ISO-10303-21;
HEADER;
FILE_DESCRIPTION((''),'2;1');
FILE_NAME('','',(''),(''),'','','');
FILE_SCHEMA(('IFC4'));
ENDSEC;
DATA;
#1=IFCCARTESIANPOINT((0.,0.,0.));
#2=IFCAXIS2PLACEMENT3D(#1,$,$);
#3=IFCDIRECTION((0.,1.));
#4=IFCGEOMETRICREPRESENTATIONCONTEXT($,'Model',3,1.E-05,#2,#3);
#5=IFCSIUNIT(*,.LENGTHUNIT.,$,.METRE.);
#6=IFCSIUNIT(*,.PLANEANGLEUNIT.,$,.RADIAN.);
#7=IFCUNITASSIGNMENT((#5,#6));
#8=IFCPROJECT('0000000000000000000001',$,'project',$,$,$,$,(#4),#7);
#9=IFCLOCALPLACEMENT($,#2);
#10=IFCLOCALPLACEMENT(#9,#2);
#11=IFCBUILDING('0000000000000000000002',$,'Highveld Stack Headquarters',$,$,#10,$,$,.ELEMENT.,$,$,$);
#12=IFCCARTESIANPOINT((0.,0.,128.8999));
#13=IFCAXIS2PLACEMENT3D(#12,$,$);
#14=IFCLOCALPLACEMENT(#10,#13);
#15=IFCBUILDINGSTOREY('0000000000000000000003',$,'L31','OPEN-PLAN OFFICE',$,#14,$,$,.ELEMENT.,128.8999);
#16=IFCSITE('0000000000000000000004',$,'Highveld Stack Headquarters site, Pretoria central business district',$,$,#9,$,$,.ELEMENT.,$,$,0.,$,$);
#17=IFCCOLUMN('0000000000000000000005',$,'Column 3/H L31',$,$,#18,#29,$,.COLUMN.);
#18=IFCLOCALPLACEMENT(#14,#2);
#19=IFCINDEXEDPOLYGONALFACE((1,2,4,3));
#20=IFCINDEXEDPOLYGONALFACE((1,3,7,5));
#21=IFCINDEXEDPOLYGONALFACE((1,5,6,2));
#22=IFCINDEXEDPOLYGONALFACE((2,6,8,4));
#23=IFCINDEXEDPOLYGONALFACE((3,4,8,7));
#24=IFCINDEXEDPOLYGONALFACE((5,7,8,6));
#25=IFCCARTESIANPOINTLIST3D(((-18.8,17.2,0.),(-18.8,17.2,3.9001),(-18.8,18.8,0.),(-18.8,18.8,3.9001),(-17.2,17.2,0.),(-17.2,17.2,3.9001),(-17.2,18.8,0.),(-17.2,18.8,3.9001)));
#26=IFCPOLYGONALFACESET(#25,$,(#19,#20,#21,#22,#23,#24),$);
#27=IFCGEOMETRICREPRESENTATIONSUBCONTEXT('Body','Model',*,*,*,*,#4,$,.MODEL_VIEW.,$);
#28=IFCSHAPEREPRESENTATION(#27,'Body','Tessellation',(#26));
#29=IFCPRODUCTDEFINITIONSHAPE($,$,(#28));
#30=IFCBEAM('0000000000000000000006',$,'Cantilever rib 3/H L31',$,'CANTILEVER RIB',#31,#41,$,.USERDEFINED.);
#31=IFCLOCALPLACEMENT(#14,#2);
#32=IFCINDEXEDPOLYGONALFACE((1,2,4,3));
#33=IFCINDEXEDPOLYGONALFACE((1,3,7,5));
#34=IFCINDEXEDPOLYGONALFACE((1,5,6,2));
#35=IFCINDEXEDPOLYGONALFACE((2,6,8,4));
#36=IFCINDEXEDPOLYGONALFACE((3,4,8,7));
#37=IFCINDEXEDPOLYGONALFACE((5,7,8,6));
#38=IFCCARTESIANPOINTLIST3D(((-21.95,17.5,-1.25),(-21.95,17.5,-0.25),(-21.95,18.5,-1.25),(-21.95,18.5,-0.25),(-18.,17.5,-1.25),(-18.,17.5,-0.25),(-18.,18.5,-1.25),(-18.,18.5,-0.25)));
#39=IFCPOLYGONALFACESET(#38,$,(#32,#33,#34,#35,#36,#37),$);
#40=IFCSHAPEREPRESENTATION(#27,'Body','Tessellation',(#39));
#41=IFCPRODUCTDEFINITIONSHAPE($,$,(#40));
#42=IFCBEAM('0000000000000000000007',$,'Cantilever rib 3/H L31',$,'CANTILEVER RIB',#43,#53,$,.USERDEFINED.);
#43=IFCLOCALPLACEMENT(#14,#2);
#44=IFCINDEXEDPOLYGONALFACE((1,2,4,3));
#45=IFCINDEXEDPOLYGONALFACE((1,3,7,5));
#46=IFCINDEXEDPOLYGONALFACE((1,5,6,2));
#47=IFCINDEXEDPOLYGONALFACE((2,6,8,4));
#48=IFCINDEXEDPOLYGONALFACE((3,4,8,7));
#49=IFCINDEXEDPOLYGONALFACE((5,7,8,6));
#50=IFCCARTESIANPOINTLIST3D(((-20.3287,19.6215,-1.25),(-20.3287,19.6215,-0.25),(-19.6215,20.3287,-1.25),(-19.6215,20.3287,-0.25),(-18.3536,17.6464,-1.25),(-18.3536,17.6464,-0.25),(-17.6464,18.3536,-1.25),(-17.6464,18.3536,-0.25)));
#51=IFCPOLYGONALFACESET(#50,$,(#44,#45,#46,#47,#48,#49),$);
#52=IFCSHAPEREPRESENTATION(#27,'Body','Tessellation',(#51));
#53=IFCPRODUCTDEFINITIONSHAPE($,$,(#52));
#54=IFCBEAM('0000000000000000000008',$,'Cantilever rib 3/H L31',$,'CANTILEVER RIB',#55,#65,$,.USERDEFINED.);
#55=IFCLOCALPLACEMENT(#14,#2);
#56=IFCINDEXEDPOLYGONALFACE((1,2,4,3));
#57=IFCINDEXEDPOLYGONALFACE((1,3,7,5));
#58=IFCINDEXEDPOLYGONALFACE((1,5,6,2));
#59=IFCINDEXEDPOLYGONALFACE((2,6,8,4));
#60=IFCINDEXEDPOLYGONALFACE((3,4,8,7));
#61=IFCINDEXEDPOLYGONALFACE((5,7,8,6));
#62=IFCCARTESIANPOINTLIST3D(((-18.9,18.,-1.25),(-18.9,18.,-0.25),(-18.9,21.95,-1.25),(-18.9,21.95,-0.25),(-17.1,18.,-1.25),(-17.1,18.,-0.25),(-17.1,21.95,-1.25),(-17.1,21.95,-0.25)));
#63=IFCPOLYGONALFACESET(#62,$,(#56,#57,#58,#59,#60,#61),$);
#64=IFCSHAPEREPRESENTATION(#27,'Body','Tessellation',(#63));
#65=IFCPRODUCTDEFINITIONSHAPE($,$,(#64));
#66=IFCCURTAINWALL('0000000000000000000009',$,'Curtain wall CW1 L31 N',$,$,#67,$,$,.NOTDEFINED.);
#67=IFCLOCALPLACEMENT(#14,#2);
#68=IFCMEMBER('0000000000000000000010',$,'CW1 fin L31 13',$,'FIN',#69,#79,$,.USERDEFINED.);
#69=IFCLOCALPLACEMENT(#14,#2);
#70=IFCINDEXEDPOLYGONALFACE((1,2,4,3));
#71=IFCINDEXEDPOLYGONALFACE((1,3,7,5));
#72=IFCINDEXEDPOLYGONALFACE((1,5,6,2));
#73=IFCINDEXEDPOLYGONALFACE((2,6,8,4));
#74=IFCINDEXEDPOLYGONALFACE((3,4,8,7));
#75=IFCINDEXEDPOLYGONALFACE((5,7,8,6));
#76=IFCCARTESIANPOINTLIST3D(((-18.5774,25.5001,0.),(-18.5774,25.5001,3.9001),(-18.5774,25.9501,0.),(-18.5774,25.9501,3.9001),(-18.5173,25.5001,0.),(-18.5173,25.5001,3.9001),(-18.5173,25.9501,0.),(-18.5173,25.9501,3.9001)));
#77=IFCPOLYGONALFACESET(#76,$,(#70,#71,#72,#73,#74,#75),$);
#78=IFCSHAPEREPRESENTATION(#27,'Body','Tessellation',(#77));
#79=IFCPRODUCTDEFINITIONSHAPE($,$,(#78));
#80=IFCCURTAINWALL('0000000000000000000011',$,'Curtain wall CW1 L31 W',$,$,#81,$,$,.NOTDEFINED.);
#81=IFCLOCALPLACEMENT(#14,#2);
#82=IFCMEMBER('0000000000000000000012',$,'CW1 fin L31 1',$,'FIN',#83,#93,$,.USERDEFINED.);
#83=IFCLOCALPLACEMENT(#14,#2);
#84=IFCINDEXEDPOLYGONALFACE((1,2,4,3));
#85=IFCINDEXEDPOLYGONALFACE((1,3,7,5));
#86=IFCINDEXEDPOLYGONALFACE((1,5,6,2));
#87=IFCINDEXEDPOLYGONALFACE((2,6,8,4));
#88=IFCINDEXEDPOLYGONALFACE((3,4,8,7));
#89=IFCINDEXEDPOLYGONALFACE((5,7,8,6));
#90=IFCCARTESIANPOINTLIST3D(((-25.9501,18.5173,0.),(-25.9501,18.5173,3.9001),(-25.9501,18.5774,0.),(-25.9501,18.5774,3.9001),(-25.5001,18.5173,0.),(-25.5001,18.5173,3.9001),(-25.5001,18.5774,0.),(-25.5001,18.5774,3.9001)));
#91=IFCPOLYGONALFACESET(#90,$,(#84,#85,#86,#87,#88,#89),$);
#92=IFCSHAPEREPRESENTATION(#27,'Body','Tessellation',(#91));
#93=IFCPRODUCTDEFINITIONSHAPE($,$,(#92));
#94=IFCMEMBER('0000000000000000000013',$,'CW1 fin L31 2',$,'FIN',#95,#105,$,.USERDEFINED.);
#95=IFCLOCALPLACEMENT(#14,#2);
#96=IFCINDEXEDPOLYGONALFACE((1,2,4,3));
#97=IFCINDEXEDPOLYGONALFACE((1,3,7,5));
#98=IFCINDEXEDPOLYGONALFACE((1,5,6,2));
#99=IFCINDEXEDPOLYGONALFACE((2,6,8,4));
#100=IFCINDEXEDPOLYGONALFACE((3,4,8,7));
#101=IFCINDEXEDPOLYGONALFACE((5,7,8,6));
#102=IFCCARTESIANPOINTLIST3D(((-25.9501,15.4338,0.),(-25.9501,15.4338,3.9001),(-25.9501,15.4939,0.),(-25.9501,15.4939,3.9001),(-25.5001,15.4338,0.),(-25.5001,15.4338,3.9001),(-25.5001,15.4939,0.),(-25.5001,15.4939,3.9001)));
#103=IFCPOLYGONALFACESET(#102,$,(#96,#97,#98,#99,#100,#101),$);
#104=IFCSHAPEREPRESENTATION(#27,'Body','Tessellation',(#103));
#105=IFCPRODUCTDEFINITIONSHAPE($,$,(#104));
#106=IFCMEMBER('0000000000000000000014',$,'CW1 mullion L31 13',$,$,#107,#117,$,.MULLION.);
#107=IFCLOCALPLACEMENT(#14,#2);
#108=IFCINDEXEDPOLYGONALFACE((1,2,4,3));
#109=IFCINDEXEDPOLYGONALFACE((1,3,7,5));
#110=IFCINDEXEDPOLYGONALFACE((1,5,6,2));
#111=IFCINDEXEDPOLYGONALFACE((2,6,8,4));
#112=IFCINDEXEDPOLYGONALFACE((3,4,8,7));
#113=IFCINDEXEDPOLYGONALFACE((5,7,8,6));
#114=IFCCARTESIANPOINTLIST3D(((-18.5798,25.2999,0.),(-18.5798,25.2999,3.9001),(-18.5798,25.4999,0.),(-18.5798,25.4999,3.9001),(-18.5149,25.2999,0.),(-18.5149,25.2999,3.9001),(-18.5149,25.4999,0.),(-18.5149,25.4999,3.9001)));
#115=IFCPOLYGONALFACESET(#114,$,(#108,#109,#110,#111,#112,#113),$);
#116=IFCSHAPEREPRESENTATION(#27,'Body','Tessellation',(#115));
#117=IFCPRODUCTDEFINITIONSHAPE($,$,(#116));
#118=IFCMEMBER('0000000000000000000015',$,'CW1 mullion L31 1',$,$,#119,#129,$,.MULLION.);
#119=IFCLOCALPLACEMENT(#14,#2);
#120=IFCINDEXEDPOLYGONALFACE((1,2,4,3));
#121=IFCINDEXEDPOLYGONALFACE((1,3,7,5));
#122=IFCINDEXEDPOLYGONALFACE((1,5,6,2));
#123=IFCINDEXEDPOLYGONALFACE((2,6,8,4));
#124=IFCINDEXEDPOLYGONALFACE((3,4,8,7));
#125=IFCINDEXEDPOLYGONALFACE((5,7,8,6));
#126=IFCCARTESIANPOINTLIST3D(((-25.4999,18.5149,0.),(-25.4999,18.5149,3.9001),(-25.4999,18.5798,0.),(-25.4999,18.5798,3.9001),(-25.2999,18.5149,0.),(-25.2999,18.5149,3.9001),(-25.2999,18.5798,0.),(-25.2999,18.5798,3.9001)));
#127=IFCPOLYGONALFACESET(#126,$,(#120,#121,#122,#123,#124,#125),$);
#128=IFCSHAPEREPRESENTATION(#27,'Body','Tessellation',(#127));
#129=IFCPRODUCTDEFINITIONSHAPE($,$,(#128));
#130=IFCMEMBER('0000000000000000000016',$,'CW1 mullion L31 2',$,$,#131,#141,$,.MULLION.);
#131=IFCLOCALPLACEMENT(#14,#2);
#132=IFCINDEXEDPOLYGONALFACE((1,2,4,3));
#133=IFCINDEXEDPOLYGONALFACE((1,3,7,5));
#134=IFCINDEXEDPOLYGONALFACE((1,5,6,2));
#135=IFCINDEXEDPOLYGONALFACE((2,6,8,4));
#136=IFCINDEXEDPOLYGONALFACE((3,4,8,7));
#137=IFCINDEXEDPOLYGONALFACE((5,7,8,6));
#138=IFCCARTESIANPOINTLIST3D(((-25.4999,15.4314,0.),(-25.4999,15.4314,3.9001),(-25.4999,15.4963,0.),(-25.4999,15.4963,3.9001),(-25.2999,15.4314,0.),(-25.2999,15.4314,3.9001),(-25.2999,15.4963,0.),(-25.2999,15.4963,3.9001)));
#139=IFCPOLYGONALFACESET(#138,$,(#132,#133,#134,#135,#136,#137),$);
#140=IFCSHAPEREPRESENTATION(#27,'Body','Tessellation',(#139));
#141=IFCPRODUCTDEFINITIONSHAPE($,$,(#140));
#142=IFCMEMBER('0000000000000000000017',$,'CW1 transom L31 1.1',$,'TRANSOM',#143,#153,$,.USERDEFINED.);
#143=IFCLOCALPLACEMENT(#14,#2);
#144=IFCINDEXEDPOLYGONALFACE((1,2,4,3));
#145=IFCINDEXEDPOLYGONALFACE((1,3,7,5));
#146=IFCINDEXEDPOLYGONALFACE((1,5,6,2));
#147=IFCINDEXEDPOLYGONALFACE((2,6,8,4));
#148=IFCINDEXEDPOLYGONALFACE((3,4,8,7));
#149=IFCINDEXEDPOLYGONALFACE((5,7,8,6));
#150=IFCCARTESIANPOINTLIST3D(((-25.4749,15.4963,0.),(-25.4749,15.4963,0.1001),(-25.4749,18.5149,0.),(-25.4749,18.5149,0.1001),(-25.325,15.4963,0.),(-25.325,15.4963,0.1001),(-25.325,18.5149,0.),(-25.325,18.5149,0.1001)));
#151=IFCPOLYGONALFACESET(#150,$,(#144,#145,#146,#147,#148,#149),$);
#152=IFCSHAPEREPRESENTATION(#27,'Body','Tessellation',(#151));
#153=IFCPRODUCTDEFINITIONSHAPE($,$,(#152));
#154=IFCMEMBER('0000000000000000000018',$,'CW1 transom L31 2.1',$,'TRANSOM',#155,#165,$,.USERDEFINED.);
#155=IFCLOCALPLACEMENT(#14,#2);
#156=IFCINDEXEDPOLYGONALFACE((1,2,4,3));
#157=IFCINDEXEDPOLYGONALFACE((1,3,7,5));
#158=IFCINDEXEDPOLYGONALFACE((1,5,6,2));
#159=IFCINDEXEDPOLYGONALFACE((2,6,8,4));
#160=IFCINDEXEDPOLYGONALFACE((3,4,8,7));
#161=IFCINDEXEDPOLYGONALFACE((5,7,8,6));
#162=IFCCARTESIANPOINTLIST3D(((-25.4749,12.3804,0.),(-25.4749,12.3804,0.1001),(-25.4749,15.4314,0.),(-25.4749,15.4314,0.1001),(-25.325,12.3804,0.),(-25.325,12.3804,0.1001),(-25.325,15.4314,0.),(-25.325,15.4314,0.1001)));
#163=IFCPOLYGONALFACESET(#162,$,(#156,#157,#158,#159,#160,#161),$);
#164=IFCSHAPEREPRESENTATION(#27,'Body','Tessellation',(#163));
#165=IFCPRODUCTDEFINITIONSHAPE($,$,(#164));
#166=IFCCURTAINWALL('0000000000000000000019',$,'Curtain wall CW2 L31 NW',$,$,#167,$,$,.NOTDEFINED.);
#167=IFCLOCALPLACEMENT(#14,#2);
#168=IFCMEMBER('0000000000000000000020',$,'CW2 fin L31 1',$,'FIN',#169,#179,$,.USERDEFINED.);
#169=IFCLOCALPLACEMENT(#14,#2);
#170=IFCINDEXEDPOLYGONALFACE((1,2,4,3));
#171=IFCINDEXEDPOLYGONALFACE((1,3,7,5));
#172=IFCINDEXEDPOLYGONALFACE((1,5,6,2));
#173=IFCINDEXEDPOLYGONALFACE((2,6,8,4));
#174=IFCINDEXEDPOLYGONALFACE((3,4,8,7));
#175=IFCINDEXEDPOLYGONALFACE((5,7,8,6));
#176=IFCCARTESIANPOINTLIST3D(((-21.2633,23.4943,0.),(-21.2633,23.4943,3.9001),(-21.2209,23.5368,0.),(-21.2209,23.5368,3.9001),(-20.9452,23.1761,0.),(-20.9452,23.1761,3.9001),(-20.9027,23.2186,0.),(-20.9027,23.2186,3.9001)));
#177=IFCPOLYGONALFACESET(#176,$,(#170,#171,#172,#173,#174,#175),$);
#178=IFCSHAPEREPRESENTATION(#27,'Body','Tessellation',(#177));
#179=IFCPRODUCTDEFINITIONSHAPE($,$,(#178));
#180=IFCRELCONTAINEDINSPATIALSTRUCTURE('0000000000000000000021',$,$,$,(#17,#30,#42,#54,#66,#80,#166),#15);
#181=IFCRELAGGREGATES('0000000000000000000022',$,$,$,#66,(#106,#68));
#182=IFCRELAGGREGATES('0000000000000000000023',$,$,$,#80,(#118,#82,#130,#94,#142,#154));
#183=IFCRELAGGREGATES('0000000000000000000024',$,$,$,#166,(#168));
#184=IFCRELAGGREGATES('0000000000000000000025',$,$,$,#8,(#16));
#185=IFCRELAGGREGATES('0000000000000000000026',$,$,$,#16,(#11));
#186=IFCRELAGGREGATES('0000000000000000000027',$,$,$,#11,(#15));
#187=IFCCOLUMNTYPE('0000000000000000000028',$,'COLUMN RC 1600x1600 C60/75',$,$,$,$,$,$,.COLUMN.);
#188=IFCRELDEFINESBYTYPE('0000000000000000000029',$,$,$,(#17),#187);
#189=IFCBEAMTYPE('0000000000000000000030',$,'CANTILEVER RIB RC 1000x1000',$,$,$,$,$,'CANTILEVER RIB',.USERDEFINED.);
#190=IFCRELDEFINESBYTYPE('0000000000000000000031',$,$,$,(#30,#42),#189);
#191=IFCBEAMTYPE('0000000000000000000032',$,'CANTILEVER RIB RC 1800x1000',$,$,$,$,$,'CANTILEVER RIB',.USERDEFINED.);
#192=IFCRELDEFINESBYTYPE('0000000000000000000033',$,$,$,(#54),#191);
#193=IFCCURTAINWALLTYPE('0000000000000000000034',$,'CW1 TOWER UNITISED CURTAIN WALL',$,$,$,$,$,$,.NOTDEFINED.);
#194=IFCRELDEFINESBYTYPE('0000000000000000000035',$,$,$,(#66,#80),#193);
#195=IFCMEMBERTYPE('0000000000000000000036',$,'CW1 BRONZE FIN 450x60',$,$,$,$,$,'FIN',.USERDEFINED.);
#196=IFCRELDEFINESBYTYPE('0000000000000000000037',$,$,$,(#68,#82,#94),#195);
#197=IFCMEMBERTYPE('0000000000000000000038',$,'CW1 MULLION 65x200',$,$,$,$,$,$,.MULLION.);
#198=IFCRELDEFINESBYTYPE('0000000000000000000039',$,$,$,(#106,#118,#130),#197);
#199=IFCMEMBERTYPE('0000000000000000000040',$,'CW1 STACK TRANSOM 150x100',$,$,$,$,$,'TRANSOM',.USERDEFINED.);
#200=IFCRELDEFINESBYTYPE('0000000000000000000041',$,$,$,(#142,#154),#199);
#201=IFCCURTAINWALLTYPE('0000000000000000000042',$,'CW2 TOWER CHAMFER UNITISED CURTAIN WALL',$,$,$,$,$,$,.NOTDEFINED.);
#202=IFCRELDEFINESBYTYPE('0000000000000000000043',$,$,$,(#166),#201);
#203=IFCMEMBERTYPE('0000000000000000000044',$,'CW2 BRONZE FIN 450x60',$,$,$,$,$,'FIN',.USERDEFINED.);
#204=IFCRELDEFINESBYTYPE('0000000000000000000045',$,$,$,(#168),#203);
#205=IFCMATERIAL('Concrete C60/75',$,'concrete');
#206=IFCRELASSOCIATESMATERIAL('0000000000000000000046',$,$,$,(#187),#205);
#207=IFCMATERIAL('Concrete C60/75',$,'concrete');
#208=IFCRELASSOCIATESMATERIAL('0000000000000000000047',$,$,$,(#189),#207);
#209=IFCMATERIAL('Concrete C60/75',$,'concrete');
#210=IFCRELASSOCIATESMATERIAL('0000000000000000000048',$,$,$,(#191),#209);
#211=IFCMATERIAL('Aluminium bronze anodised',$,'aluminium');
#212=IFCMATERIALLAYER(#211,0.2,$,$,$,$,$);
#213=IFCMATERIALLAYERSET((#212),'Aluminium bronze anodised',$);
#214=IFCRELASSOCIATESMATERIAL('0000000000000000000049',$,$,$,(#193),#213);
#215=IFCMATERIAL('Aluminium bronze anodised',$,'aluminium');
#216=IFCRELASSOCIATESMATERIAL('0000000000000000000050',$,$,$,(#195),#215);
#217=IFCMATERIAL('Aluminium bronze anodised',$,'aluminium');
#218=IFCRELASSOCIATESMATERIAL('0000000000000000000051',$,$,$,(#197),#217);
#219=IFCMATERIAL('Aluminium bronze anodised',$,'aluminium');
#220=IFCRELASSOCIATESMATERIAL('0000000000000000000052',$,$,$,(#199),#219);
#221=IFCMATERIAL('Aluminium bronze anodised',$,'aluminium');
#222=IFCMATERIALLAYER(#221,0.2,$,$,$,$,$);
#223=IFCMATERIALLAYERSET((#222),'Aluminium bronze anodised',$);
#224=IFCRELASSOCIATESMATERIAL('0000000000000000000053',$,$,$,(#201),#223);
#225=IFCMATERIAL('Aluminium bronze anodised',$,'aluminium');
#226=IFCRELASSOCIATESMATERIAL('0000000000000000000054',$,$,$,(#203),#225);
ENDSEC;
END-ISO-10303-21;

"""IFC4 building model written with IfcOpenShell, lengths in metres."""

from ifc_helpers import new_model, si_unit, direction, frame, origin, origin_2d, place, context, subcontext, project, spatial, rectangle, extrude, material, layer, layer_set, material_profile, profile_set, type_object, element, aggregate, save


model = new_model("IFC4")

# Units and contexts
model_context = context("Model", 3, precision=1e-05, world=origin(), true_north=direction((0.0, 1.0)))
body_context = subcontext(model_context, "Body", "Model", "MODEL_VIEW")
ifc_project = project(units=[si_unit("LENGTHUNIT", "METRE"), si_unit("PLANEANGLEUNIT", "RADIAN")], contexts=[model_context])

# Site, building, storey
site_placement = place(None, origin())
site = spatial("IfcSite", under=ifc_project, at=site_placement, Name="Highveld Stack Headquarters site, Pretoria central business district", CompositionType="ELEMENT", RefElevation=0.0)
building_placement = place(site_placement, origin())
building = spatial("IfcBuilding", under=site, at=building_placement, Name="Highveld Stack Headquarters", CompositionType="ELEMENT")
storey_placement = place(building_placement, frame((0.0, 0.0, 128.8999)))
storey = spatial("IfcBuildingStorey", under=building, at=storey_placement, Name="L31", Description="OPEN-PLAN OFFICE", CompositionType="ELEMENT", Elevation=128.8999)

# Column
ifc_material_1 = material(Name="Concrete C60/75", Category="concrete")
ifc_material_profile_1 = material_profile(ifc_material_1, rectangle(XDim=1.6001, YDim=1.6001, at=origin_2d()), Name="RC 1600x1600")
ifc_profile_set_1 = profile_set([ifc_material_profile_1], Name="Concrete C60/75")
column_type = type_object("IfcColumnType", Name="COLUMN RC 1600x1600 C60/75", PredefinedType="COLUMN", material=ifc_profile_set_1)
column_placement = place(storey_placement, frame((-18.0, 18.0, 0.0), z_axis=(0.0, 0.0, 1.0), x_axis=(1.0, 0.0, 0.0)))
element("IfcColumn", 1, at=column_placement, inside=storey, type_object=column_type, Name="Column 3/H L31", PredefinedType="COLUMN", context=body_context, shape_type="SweptSolid", body=[
    extrude(rectangle(XDim=1.6001, YDim=1.6001, at=origin_2d()), origin(), (0.0, 0.0, 1.0), 3.9001),
])

# Beams
ifc_material_2 = material(Name="Concrete C60/75", Category="concrete")
ifc_material_profile_2 = material_profile(ifc_material_2, rectangle(XDim=1.0, YDim=1.0, at=origin_2d()), Name="RC 1000x1000")
ifc_profile_set_2 = profile_set([ifc_material_profile_2], Name="Concrete C60/75")
beam_type_1 = type_object("IfcBeamType", Name="CANTILEVER RIB RC 1000x1000", ElementType="CANTILEVER RIB", PredefinedType="USERDEFINED", material=ifc_profile_set_2)
beam_1_placement = place(storey_placement, frame((-18.0, 18.0, -0.75), z_axis=(-1.0, 0.0, 0.0), x_axis=(0.0, -1.0, 0.0)))
element("IfcBeam", 2, at=beam_1_placement, inside=storey, type_object=beam_type_1, Name="Cantilever rib 3/H L31", ObjectType="CANTILEVER RIB", PredefinedType="USERDEFINED", context=body_context, shape_type="SweptSolid", body=[
    extrude(rectangle(XDim=1.0, YDim=1.0, at=origin_2d()), origin(), (0.0, 0.0, 1.0), 3.95),
])
beam_2_placement = place(storey_placement, frame((-18.0, 18.0, -0.75), z_axis=(-0.707107, 0.707107, 0.0), x_axis=(-0.707107, -0.707107, 0.0)))
element("IfcBeam", 3, at=beam_2_placement, inside=storey, type_object=beam_type_1, Name="Cantilever rib 3/H L31", ObjectType="CANTILEVER RIB", PredefinedType="USERDEFINED", context=body_context, shape_type="SweptSolid", body=[
    extrude(rectangle(XDim=1.0, YDim=1.0, at=origin_2d()), origin(), (0.0, 0.0, 1.0), 2.7932),
])
ifc_material_3 = material(Name="Concrete C60/75", Category="concrete")
ifc_material_profile_3 = material_profile(ifc_material_3, rectangle(XDim=1.8, YDim=1.0, at=origin_2d()), Name="RC 1800x1000")
ifc_profile_set_3 = profile_set([ifc_material_profile_3], Name="Concrete C60/75")
beam_type_2 = type_object("IfcBeamType", Name="CANTILEVER RIB RC 1800x1000", ElementType="CANTILEVER RIB", PredefinedType="USERDEFINED", material=ifc_profile_set_3)
beam_3_placement = place(storey_placement, frame((-18.0, 18.0, -0.75), z_axis=(0.0, 1.0, 0.0), x_axis=(-1.0, 0.0, 0.0)))
element("IfcBeam", 4, at=beam_3_placement, inside=storey, type_object=beam_type_2, Name="Cantilever rib 3/H L31", ObjectType="CANTILEVER RIB", PredefinedType="USERDEFINED", context=body_context, shape_type="SweptSolid", body=[
    extrude(rectangle(XDim=1.8, YDim=1.0, at=origin_2d()), origin(), (0.0, 0.0, 1.0), 3.95),
])

# Curtain wall, member
ifc_material_4 = material(Name="Aluminium bronze anodised", Category="aluminium")
ifc_layer_1 = layer(ifc_material_4, 0.2)
ifc_layer_set_1 = layer_set([ifc_layer_1], Name="Aluminium bronze anodised")
curtain_wall_type_1 = type_object("IfcCurtainWallType", Name="CW1 TOWER UNITISED CURTAIN WALL", PredefinedType="NOTDEFINED", material=ifc_layer_set_1)
curtain_wall_1_placement = place(storey_placement, origin())
curtain_wall_1 = element("IfcCurtainWall", 5, at=curtain_wall_1_placement, inside=storey, type_object=curtain_wall_type_1, Name="Curtain wall CW1 L31 N", PredefinedType="NOTDEFINED")
ifc_material_5 = material(Name="Aluminium bronze anodised", Category="aluminium")
ifc_material_profile_4 = material_profile(ifc_material_5, rectangle(XDim=0.45, YDim=0.0601, at=origin_2d()), Name="FIN 450x60")
ifc_profile_set_4 = profile_set([ifc_material_profile_4], Name="Aluminium bronze anodised")
member_type_1 = type_object("IfcMemberType", Name="CW1 BRONZE FIN 450x60", ElementType="FIN", PredefinedType="USERDEFINED", material=ifc_profile_set_4)
member_1_placement = place(storey_placement, frame((-18.5474, 25.7251, 0.0), z_axis=(0.0, 0.0, 1.0), x_axis=(0.0, -1.0, 0.0)))
member_1 = element("IfcMember", 6, at=member_1_placement, type_object=member_type_1, Name="CW1 fin L31 13", ObjectType="FIN", PredefinedType="USERDEFINED", context=body_context, shape_type="SweptSolid", body=[
    extrude(rectangle(XDim=0.45, YDim=0.0601, at=origin_2d()), origin(), (0.0, 0.0, 1.0), 3.9001),
])

# Curtain wall, members
curtain_wall_2_placement = place(storey_placement, origin())
curtain_wall_2 = element("IfcCurtainWall", 7, at=curtain_wall_2_placement, inside=storey, type_object=curtain_wall_type_1, Name="Curtain wall CW1 L31 W", PredefinedType="NOTDEFINED")
member_2_placement = place(storey_placement, frame((-25.7251, 18.5474, 0.0), z_axis=(0.0, 0.0, 1.0), x_axis=(1.0, 0.0, 0.0)))
member_2 = element("IfcMember", 8, at=member_2_placement, type_object=member_type_1, Name="CW1 fin L31 1", ObjectType="FIN", PredefinedType="USERDEFINED", context=body_context, shape_type="SweptSolid", body=[
    extrude(rectangle(XDim=0.45, YDim=0.0601, at=origin_2d()), origin(), (0.0, 0.0, 1.0), 3.9001),
])
member_3_placement = place(storey_placement, frame((-25.7251, 15.4639, 0.0), z_axis=(0.0, 0.0, 1.0), x_axis=(1.0, 0.0, 0.0)))
member_3 = element("IfcMember", 9, at=member_3_placement, type_object=member_type_1, Name="CW1 fin L31 2", ObjectType="FIN", PredefinedType="USERDEFINED", context=body_context, shape_type="SweptSolid", body=[
    extrude(rectangle(XDim=0.45, YDim=0.0601, at=origin_2d()), origin(), (0.0, 0.0, 1.0), 3.9001),
])

# Members
ifc_material_6 = material(Name="Aluminium bronze anodised", Category="aluminium")
ifc_material_profile_5 = material_profile(ifc_material_6, rectangle(XDim=0.2, YDim=0.0649, at=origin_2d()), Name="CW1 MULLION 65x200")
ifc_profile_set_5 = profile_set([ifc_material_profile_5], Name="Aluminium bronze anodised")
member_type_2 = type_object("IfcMemberType", Name="CW1 MULLION 65x200", PredefinedType="MULLION", material=ifc_profile_set_5)
member_4_placement = place(storey_placement, frame((-18.5474, 25.3999, 0.0), z_axis=(0.0, 0.0, 1.0), x_axis=(0.0, -1.0, 0.0)))
member_4 = element("IfcMember", 10, at=member_4_placement, type_object=member_type_2, Name="CW1 mullion L31 13", PredefinedType="MULLION", context=body_context, shape_type="SweptSolid", body=[
    extrude(rectangle(XDim=0.2, YDim=0.0649, at=origin_2d()), origin(), (0.0, 0.0, 1.0), 3.9001),
])
aggregate(curtain_wall_1, [member_4, member_1])
member_5_placement = place(storey_placement, frame((-25.3999, 18.5474, 0.0), z_axis=(0.0, 0.0, 1.0), x_axis=(1.0, 0.0, 0.0)))
member_5 = element("IfcMember", 11, at=member_5_placement, type_object=member_type_2, Name="CW1 mullion L31 1", PredefinedType="MULLION", context=body_context, shape_type="SweptSolid", body=[
    extrude(rectangle(XDim=0.2, YDim=0.0649, at=origin_2d()), origin(), (0.0, 0.0, 1.0), 3.9001),
])
member_6_placement = place(storey_placement, frame((-25.3999, 15.4639, 0.0), z_axis=(0.0, 0.0, 1.0), x_axis=(1.0, 0.0, 0.0)))
member_6 = element("IfcMember", 12, at=member_6_placement, type_object=member_type_2, Name="CW1 mullion L31 2", PredefinedType="MULLION", context=body_context, shape_type="SweptSolid", body=[
    extrude(rectangle(XDim=0.2, YDim=0.0649, at=origin_2d()), origin(), (0.0, 0.0, 1.0), 3.9001),
])
ifc_material_7 = material(Name="Aluminium bronze anodised", Category="aluminium")
ifc_material_profile_6 = material_profile(ifc_material_7, rectangle(XDim=0.1499, YDim=0.1001, at=origin_2d()), Name="CW1 TRANSOM 150x100")
ifc_profile_set_6 = profile_set([ifc_material_profile_6], Name="Aluminium bronze anodised")
member_type_3 = type_object("IfcMemberType", Name="CW1 STACK TRANSOM 150x100", ElementType="TRANSOM", PredefinedType="USERDEFINED", material=ifc_profile_set_6)
member_7_placement = place(storey_placement, frame((-25.3999, 18.5149, 0.05), z_axis=(0.0, -1.0, 0.0), x_axis=(1.0, 0.0, 0.0)))
member_7 = element("IfcMember", 13, at=member_7_placement, type_object=member_type_3, Name="CW1 transom L31 1.1", ObjectType="TRANSOM", PredefinedType="USERDEFINED", context=body_context, shape_type="SweptSolid", body=[
    extrude(rectangle(XDim=0.1499, YDim=0.1001, at=origin_2d()), origin(), (0.0, 0.0, 1.0), 3.0186),
])
member_8_placement = place(storey_placement, frame((-25.3999, 15.4314, 0.05), z_axis=(0.0, -1.0, 0.0), x_axis=(1.0, 0.0, 0.0)))
member_8 = element("IfcMember", 14, at=member_8_placement, type_object=member_type_3, Name="CW1 transom L31 2.1", ObjectType="TRANSOM", PredefinedType="USERDEFINED", context=body_context, shape_type="SweptSolid", body=[
    extrude(rectangle(XDim=0.1499, YDim=0.1001, at=origin_2d()), origin(), (0.0, 0.0, 1.0), 3.051),
])

# Curtain wall, member
ifc_material_8 = material(Name="Aluminium bronze anodised", Category="aluminium")
ifc_layer_2 = layer(ifc_material_8, 0.2)
ifc_layer_set_2 = layer_set([ifc_layer_2], Name="Aluminium bronze anodised")
curtain_wall_type_2 = type_object("IfcCurtainWallType", Name="CW2 TOWER CHAMFER UNITISED CURTAIN WALL", PredefinedType="NOTDEFINED", material=ifc_layer_set_2)
curtain_wall_3_placement = place(storey_placement, origin())
curtain_wall_3 = element("IfcCurtainWall", 15, at=curtain_wall_3_placement, inside=storey, type_object=curtain_wall_type_2, Name="Curtain wall CW2 L31 NW", PredefinedType="NOTDEFINED")
ifc_material_9 = material(Name="Aluminium bronze anodised", Category="aluminium")
ifc_material_profile_7 = material_profile(ifc_material_9, rectangle(XDim=0.45, YDim=0.0601, at=origin_2d()), Name="FIN 450x60")
ifc_profile_set_7 = profile_set([ifc_material_profile_7], Name="Aluminium bronze anodised")
member_type_4 = type_object("IfcMemberType", Name="CW2 BRONZE FIN 450x60", ElementType="FIN", PredefinedType="USERDEFINED", material=ifc_profile_set_7)
member_9_placement = place(storey_placement, frame((-21.083, 23.3564, 0.0), z_axis=(0.0, 0.0, 1.0), x_axis=(0.707107, -0.707107, 0.0)))
member_9 = element("IfcMember", 16, at=member_9_placement, type_object=member_type_4, Name="CW2 fin L31 1", ObjectType="FIN", PredefinedType="USERDEFINED", context=body_context, shape_type="SweptSolid", body=[
    extrude(rectangle(XDim=0.45, YDim=0.0601, at=origin_2d()), origin(), (0.0, 0.0, 1.0), 3.9001),
])

aggregate(curtain_wall_2, [member_5, member_2, member_6, member_3, member_7, member_8])
aggregate(curtain_wall_3, [member_9])

save(model, "model.ifc")
